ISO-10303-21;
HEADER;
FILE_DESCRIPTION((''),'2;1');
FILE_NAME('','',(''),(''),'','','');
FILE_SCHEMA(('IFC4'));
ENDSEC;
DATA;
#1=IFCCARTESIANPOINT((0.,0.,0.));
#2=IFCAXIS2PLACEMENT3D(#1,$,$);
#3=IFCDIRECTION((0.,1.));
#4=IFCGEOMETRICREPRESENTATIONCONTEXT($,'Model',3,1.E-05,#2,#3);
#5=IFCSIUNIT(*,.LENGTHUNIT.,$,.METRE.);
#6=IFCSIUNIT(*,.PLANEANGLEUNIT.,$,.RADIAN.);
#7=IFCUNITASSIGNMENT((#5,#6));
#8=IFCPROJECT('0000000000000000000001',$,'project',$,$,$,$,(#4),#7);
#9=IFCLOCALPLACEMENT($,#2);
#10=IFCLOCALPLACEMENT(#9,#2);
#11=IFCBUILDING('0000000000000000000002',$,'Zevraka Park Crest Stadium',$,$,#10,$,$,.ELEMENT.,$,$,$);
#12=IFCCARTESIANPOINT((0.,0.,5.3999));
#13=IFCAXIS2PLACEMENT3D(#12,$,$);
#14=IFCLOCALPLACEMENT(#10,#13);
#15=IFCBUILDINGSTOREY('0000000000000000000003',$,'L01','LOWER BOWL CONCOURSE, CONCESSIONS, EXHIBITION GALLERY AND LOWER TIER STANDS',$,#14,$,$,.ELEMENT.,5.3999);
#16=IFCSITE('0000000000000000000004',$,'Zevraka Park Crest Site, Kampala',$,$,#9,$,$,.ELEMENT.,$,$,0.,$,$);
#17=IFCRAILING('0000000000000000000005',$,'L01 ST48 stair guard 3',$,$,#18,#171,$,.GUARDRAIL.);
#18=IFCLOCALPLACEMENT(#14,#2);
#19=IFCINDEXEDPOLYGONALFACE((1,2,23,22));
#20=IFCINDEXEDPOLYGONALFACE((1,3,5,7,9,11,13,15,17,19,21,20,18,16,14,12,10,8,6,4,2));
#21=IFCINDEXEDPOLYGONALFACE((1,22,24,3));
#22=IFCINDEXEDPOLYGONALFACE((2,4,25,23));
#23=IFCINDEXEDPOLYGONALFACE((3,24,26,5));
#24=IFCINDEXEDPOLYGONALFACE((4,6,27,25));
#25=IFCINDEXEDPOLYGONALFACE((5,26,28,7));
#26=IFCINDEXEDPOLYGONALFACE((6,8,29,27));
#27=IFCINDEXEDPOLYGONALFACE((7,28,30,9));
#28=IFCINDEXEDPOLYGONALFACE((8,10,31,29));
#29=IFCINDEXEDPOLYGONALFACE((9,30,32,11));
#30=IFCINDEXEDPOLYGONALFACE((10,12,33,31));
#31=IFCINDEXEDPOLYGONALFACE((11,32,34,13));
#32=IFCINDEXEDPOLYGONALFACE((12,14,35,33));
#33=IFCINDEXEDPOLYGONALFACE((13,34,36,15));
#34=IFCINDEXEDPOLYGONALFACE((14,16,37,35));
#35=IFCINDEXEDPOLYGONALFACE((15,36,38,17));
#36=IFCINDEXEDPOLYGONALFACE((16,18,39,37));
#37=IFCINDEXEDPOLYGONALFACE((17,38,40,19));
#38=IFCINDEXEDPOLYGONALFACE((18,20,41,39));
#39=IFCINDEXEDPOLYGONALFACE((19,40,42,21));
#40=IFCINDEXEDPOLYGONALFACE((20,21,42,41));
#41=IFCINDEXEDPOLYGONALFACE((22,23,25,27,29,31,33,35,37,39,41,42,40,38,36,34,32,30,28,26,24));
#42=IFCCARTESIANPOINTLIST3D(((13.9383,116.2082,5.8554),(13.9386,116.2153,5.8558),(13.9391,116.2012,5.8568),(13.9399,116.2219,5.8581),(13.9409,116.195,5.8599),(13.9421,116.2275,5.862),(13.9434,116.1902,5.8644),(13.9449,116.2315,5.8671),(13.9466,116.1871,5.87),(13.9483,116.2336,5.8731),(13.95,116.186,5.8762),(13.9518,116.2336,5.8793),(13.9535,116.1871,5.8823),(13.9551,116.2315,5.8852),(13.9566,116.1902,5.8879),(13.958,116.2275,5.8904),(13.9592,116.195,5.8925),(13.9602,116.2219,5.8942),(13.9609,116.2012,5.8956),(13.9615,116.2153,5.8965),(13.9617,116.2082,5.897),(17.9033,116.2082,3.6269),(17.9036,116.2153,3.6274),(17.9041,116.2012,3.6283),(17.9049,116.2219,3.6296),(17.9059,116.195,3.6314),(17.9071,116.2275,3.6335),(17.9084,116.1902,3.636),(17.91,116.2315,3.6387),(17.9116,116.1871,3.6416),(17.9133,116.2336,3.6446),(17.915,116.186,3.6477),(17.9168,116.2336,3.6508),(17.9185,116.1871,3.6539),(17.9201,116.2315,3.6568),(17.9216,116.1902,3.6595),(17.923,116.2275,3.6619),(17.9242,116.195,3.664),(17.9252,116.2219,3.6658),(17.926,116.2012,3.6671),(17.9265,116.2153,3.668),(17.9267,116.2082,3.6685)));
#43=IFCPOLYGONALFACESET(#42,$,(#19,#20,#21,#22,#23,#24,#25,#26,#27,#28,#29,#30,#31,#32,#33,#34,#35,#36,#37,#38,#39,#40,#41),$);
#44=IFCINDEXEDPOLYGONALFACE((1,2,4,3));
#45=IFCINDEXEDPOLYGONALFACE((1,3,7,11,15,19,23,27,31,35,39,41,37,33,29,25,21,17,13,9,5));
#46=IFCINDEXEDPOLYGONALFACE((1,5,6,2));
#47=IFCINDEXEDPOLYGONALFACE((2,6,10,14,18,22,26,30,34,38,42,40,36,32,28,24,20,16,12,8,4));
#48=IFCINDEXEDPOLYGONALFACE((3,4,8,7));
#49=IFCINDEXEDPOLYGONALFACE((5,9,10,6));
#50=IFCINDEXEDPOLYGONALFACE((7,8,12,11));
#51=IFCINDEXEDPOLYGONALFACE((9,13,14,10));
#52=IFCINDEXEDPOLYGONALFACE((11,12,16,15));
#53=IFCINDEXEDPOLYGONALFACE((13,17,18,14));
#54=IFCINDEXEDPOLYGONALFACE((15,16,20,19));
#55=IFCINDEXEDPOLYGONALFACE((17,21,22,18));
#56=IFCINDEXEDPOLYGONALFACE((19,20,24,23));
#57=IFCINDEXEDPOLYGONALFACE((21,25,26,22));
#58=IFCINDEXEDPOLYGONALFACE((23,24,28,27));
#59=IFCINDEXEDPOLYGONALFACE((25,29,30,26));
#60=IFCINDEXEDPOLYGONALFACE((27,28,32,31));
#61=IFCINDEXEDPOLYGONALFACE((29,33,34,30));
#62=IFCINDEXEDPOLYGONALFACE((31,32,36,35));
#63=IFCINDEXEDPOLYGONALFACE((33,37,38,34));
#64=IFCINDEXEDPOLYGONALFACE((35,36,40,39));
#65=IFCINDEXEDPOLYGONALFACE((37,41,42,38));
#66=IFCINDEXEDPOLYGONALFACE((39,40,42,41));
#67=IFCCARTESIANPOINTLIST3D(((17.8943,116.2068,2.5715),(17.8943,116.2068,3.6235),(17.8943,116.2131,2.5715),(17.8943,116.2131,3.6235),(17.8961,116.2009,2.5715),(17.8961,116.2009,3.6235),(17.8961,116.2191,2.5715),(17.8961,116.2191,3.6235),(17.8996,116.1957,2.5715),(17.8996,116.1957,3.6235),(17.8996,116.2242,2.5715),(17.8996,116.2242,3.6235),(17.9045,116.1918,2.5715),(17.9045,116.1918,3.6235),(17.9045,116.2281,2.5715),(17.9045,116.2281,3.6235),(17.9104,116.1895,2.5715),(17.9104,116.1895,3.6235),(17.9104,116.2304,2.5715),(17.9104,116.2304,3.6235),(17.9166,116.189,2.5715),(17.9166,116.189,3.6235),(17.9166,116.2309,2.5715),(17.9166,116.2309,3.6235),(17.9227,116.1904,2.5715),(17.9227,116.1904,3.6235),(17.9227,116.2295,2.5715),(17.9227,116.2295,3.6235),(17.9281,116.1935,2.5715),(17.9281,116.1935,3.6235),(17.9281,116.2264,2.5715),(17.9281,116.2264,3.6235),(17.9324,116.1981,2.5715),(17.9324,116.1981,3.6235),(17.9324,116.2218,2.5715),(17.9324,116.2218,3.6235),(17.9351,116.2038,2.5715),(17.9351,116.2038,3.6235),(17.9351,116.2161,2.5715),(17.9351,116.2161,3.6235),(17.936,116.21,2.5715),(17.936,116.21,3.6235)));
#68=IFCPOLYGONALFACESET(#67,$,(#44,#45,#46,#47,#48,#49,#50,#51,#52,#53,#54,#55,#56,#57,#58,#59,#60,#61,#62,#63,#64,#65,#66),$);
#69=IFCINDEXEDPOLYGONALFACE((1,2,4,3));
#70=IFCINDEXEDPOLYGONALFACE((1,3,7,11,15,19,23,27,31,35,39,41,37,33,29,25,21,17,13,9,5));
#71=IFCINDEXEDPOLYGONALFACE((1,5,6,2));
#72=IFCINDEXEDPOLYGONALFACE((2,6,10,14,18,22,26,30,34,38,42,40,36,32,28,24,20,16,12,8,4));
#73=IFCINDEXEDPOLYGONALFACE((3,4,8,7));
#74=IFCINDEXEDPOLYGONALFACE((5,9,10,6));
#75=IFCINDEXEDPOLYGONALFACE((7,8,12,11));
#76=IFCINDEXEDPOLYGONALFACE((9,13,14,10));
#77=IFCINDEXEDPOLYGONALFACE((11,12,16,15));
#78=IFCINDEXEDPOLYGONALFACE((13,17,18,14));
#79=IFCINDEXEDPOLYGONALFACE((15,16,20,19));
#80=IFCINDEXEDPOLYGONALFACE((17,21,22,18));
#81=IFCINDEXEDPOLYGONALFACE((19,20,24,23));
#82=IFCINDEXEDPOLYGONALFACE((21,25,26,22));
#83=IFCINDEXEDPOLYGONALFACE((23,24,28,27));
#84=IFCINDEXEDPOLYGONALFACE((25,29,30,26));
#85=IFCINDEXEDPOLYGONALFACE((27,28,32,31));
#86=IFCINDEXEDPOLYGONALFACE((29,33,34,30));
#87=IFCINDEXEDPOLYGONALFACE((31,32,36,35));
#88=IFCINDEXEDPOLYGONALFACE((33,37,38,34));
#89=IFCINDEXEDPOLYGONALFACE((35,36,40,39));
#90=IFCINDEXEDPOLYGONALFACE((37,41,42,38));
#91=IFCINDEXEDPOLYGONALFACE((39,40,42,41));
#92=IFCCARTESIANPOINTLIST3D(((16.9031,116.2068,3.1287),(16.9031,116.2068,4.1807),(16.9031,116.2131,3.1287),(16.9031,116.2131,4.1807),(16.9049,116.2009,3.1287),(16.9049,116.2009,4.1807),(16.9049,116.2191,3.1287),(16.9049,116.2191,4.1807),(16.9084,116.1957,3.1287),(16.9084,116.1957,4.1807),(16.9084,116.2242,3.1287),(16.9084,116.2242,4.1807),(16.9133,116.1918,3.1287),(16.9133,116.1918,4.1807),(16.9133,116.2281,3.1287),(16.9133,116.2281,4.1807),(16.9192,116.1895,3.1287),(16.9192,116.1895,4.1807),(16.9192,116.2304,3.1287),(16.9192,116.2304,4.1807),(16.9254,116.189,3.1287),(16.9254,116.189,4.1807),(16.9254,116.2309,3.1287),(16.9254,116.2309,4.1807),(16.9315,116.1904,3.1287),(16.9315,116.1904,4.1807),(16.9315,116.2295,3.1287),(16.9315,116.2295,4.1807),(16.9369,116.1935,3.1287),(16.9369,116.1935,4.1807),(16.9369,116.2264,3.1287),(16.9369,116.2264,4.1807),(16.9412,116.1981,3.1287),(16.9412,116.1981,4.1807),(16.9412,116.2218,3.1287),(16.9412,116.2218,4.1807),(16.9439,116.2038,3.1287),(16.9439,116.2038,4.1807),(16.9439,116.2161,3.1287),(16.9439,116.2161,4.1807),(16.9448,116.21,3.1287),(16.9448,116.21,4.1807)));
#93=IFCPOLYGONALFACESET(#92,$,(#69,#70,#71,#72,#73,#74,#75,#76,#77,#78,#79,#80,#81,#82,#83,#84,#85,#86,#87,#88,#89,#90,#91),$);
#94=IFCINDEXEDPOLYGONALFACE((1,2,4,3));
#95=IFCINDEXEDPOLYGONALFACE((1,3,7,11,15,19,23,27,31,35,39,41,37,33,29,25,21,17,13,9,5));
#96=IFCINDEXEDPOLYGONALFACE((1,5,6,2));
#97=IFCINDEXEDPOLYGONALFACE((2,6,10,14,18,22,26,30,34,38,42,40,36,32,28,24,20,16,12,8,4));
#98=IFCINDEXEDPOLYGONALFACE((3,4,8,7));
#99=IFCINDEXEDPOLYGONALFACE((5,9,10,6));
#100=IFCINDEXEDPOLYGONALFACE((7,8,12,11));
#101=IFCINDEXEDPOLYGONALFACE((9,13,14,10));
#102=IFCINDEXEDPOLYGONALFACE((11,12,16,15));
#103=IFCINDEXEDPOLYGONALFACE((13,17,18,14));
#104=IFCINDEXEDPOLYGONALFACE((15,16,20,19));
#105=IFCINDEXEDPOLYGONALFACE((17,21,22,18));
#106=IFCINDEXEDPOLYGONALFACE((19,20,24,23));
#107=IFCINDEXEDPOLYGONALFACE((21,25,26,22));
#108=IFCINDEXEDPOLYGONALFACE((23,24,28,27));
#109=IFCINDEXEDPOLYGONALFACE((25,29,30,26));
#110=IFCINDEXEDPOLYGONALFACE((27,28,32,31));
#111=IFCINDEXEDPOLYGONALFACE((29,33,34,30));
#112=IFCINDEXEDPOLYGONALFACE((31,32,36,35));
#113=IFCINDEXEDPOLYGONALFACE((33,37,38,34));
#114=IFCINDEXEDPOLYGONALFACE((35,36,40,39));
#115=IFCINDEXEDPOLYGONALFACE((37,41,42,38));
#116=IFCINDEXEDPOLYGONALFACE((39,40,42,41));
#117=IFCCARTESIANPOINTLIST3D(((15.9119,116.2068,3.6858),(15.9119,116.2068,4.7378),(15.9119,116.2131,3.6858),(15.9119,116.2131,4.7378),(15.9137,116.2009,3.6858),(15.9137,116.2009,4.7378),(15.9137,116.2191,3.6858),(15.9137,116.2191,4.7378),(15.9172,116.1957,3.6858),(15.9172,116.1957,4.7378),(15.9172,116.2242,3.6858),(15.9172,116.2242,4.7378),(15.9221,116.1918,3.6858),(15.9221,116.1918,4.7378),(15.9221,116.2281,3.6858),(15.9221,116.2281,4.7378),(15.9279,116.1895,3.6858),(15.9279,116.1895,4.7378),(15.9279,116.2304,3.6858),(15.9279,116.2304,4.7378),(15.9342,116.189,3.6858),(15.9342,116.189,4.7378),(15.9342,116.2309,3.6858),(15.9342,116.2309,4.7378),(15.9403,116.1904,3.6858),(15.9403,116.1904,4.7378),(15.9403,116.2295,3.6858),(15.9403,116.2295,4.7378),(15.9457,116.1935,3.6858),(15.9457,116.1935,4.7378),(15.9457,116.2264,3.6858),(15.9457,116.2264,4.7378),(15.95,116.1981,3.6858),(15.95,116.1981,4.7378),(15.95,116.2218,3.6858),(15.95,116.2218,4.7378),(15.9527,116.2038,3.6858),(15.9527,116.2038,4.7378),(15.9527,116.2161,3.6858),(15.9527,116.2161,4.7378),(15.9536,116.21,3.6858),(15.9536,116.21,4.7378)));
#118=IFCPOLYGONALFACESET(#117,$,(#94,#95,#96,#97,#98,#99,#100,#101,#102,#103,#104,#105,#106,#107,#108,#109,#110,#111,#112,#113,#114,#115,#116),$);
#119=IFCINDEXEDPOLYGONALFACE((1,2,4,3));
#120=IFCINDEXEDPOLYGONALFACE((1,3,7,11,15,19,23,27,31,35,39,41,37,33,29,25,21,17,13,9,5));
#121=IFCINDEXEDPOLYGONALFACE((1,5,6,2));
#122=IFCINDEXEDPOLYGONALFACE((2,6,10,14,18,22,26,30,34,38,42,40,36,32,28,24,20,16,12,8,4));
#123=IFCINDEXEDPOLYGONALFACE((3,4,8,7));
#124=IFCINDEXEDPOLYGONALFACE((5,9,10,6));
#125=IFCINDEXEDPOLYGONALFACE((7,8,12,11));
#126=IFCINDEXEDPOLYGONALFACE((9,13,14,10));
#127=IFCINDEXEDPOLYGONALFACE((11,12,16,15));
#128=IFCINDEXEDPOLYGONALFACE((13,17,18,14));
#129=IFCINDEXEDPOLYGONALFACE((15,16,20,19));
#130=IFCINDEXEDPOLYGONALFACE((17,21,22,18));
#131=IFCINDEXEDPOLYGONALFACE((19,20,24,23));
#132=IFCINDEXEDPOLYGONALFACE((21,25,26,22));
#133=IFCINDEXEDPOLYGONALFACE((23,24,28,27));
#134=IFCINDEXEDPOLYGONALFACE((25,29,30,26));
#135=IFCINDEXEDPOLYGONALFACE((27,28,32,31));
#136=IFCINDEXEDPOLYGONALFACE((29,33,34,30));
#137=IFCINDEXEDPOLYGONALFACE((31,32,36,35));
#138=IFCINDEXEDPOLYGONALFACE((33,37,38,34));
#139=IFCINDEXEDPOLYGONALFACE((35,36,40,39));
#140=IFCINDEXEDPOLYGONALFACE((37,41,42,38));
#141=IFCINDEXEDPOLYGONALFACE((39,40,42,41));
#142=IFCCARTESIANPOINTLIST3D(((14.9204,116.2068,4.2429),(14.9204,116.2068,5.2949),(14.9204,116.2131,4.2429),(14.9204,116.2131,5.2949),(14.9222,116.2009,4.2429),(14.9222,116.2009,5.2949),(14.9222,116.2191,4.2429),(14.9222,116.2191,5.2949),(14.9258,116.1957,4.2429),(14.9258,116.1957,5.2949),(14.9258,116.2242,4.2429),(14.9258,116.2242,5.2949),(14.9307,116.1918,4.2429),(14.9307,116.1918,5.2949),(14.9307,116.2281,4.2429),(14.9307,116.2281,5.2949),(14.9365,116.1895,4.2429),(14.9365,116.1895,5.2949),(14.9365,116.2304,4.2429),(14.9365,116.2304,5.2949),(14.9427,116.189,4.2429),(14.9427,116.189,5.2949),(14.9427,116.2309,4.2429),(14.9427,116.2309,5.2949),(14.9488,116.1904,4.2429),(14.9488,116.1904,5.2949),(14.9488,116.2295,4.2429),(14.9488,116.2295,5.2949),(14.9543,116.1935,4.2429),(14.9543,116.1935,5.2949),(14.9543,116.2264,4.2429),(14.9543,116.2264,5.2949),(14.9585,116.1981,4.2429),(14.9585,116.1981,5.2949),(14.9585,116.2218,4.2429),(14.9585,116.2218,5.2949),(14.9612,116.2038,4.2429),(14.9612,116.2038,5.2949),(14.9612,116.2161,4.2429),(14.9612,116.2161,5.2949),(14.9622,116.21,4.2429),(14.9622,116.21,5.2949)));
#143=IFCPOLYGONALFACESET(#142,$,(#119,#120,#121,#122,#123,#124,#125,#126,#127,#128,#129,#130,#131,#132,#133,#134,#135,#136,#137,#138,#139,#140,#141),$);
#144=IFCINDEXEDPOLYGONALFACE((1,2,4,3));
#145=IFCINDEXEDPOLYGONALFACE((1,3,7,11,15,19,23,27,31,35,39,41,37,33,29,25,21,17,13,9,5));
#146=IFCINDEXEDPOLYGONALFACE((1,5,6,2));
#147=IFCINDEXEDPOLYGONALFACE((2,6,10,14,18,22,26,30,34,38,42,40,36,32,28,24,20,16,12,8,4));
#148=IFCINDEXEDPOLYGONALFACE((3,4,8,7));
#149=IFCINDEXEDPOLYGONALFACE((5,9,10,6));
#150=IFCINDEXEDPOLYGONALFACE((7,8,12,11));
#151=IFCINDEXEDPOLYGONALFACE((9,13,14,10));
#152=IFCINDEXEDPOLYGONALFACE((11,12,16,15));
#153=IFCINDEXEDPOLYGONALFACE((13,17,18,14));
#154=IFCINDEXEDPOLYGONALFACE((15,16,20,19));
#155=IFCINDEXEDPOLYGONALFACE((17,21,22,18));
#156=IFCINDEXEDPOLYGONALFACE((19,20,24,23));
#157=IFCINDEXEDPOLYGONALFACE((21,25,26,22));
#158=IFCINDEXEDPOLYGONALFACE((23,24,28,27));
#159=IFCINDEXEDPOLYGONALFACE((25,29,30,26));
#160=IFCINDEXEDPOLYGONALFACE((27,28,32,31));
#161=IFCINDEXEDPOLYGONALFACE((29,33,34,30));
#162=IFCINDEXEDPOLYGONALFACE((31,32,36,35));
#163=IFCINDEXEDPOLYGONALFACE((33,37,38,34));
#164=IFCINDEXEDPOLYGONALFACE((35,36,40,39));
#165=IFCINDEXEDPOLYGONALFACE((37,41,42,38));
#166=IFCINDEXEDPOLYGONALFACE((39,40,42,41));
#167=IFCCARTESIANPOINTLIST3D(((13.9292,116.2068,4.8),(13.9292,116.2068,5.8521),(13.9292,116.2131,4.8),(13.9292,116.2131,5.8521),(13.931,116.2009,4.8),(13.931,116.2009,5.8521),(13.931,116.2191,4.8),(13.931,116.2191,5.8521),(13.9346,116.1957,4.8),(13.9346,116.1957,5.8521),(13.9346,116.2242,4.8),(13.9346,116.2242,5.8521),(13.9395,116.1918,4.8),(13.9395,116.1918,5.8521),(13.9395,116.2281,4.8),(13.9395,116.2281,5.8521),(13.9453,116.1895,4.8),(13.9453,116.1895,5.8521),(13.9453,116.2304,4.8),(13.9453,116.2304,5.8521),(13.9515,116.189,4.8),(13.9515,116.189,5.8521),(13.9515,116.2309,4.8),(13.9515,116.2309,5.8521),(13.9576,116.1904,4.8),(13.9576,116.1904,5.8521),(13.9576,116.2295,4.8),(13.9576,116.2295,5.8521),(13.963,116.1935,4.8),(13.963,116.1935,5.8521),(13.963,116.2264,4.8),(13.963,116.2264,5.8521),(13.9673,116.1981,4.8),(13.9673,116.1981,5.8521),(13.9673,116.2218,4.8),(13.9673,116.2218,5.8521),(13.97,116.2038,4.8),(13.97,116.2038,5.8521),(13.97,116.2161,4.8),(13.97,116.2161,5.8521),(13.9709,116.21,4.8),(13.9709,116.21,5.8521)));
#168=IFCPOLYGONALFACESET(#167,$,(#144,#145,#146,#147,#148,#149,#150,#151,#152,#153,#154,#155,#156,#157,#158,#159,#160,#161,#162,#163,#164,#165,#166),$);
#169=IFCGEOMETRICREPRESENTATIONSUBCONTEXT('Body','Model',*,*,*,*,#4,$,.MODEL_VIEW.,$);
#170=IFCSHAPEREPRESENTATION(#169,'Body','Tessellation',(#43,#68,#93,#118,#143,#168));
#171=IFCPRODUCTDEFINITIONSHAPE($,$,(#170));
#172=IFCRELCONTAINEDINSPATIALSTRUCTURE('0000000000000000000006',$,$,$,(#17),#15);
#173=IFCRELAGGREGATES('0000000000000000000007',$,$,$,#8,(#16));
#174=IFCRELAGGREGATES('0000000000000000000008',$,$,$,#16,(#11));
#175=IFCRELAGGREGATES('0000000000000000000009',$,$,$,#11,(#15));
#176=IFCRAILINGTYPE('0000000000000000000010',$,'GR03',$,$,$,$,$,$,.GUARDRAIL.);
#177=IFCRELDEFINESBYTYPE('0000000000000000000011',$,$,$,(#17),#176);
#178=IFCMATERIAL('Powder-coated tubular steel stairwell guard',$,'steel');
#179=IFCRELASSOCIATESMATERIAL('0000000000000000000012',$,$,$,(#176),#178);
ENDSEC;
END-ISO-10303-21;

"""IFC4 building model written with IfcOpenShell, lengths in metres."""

from ifc_helpers import new_model, si_unit, direction, frame, origin, origin_2d, place, context, subcontext, project, spatial, circle, extrude, material, type_object, element, save


model = new_model("IFC4")

# Units and contexts
model_context = context("Model", 3, precision=1e-05, world=origin(), true_north=direction((0.0, 1.0)))
body_context = subcontext(model_context, "Body", "Model", "MODEL_VIEW")
ifc_project = project(units=[si_unit("LENGTHUNIT", "METRE"), si_unit("PLANEANGLEUNIT", "RADIAN")], contexts=[model_context])

# Site, building, storey
site_placement = place(None, origin())
site = spatial("IfcSite", under=ifc_project, at=site_placement, Name="Zevraka Park Crest Site, Kampala", CompositionType="ELEMENT", RefElevation=0.0)
building_placement = place(site_placement, origin())
building = spatial("IfcBuilding", under=site, at=building_placement, Name="Zevraka Park Crest Stadium", CompositionType="ELEMENT")
storey_placement = place(building_placement, frame((0.0, 0.0, 5.3999)))
storey = spatial("IfcBuildingStorey", under=building, at=storey_placement, Name="L01", Description="LOWER BOWL CONCOURSE, CONCESSIONS, EXHIBITION GALLERY AND LOWER TIER STANDS", CompositionType="ELEMENT", Elevation=5.3999)

# Railing
ifc_material_1 = material(Name="Powder-coated tubular steel stairwell guard", Category="steel")
railing_type_1 = type_object("IfcRailingType", Name="GR03", PredefinedType="GUARDRAIL", material=ifc_material_1)
railing_1_placement = place(storey_placement, frame((17.915, 116.21, 2.5715)))
element("IfcRailing", 1, at=railing_1_placement, inside=storey, type_object=railing_type_1, Name="L01 ST48 stair guard 3", PredefinedType="GUARDRAIL", context=body_context, shape_type="SweptSolid", body=[
    extrude(circle(Radius=0.0239, at=origin_2d()), frame((0.0, 0.0, 1.0762), z_axis=(-0.871749, 0.0, 0.489953), x_axis=(0.0, -1.0, 0.0)), (0.0, 0.0, 1.0), 4.5483),
    extrude(circle(Radius=0.021, at=origin_2d()), origin(), (0.0, 0.0, 1.0), 1.052),
    extrude(circle(Radius=0.021, at=origin_2d()), frame((-0.9912, 0.0, 0.5571)), (0.0, 0.0, 1.0), 1.052),
    extrude(circle(Radius=0.021, at=origin_2d()), frame((-1.9824, 0.0, 1.1143)), (0.0, 0.0, 1.0), 1.052),
    extrude(circle(Radius=0.021, at=origin_2d()), frame((-2.9739, 0.0, 1.6714)), (0.0, 0.0, 1.0), 1.052),
    extrude(circle(Radius=0.021, at=origin_2d()), frame((-3.9651, 0.0, 2.2285)), (0.0, 0.0, 1.0), 1.052),
])

save(model, "model.ifc")
